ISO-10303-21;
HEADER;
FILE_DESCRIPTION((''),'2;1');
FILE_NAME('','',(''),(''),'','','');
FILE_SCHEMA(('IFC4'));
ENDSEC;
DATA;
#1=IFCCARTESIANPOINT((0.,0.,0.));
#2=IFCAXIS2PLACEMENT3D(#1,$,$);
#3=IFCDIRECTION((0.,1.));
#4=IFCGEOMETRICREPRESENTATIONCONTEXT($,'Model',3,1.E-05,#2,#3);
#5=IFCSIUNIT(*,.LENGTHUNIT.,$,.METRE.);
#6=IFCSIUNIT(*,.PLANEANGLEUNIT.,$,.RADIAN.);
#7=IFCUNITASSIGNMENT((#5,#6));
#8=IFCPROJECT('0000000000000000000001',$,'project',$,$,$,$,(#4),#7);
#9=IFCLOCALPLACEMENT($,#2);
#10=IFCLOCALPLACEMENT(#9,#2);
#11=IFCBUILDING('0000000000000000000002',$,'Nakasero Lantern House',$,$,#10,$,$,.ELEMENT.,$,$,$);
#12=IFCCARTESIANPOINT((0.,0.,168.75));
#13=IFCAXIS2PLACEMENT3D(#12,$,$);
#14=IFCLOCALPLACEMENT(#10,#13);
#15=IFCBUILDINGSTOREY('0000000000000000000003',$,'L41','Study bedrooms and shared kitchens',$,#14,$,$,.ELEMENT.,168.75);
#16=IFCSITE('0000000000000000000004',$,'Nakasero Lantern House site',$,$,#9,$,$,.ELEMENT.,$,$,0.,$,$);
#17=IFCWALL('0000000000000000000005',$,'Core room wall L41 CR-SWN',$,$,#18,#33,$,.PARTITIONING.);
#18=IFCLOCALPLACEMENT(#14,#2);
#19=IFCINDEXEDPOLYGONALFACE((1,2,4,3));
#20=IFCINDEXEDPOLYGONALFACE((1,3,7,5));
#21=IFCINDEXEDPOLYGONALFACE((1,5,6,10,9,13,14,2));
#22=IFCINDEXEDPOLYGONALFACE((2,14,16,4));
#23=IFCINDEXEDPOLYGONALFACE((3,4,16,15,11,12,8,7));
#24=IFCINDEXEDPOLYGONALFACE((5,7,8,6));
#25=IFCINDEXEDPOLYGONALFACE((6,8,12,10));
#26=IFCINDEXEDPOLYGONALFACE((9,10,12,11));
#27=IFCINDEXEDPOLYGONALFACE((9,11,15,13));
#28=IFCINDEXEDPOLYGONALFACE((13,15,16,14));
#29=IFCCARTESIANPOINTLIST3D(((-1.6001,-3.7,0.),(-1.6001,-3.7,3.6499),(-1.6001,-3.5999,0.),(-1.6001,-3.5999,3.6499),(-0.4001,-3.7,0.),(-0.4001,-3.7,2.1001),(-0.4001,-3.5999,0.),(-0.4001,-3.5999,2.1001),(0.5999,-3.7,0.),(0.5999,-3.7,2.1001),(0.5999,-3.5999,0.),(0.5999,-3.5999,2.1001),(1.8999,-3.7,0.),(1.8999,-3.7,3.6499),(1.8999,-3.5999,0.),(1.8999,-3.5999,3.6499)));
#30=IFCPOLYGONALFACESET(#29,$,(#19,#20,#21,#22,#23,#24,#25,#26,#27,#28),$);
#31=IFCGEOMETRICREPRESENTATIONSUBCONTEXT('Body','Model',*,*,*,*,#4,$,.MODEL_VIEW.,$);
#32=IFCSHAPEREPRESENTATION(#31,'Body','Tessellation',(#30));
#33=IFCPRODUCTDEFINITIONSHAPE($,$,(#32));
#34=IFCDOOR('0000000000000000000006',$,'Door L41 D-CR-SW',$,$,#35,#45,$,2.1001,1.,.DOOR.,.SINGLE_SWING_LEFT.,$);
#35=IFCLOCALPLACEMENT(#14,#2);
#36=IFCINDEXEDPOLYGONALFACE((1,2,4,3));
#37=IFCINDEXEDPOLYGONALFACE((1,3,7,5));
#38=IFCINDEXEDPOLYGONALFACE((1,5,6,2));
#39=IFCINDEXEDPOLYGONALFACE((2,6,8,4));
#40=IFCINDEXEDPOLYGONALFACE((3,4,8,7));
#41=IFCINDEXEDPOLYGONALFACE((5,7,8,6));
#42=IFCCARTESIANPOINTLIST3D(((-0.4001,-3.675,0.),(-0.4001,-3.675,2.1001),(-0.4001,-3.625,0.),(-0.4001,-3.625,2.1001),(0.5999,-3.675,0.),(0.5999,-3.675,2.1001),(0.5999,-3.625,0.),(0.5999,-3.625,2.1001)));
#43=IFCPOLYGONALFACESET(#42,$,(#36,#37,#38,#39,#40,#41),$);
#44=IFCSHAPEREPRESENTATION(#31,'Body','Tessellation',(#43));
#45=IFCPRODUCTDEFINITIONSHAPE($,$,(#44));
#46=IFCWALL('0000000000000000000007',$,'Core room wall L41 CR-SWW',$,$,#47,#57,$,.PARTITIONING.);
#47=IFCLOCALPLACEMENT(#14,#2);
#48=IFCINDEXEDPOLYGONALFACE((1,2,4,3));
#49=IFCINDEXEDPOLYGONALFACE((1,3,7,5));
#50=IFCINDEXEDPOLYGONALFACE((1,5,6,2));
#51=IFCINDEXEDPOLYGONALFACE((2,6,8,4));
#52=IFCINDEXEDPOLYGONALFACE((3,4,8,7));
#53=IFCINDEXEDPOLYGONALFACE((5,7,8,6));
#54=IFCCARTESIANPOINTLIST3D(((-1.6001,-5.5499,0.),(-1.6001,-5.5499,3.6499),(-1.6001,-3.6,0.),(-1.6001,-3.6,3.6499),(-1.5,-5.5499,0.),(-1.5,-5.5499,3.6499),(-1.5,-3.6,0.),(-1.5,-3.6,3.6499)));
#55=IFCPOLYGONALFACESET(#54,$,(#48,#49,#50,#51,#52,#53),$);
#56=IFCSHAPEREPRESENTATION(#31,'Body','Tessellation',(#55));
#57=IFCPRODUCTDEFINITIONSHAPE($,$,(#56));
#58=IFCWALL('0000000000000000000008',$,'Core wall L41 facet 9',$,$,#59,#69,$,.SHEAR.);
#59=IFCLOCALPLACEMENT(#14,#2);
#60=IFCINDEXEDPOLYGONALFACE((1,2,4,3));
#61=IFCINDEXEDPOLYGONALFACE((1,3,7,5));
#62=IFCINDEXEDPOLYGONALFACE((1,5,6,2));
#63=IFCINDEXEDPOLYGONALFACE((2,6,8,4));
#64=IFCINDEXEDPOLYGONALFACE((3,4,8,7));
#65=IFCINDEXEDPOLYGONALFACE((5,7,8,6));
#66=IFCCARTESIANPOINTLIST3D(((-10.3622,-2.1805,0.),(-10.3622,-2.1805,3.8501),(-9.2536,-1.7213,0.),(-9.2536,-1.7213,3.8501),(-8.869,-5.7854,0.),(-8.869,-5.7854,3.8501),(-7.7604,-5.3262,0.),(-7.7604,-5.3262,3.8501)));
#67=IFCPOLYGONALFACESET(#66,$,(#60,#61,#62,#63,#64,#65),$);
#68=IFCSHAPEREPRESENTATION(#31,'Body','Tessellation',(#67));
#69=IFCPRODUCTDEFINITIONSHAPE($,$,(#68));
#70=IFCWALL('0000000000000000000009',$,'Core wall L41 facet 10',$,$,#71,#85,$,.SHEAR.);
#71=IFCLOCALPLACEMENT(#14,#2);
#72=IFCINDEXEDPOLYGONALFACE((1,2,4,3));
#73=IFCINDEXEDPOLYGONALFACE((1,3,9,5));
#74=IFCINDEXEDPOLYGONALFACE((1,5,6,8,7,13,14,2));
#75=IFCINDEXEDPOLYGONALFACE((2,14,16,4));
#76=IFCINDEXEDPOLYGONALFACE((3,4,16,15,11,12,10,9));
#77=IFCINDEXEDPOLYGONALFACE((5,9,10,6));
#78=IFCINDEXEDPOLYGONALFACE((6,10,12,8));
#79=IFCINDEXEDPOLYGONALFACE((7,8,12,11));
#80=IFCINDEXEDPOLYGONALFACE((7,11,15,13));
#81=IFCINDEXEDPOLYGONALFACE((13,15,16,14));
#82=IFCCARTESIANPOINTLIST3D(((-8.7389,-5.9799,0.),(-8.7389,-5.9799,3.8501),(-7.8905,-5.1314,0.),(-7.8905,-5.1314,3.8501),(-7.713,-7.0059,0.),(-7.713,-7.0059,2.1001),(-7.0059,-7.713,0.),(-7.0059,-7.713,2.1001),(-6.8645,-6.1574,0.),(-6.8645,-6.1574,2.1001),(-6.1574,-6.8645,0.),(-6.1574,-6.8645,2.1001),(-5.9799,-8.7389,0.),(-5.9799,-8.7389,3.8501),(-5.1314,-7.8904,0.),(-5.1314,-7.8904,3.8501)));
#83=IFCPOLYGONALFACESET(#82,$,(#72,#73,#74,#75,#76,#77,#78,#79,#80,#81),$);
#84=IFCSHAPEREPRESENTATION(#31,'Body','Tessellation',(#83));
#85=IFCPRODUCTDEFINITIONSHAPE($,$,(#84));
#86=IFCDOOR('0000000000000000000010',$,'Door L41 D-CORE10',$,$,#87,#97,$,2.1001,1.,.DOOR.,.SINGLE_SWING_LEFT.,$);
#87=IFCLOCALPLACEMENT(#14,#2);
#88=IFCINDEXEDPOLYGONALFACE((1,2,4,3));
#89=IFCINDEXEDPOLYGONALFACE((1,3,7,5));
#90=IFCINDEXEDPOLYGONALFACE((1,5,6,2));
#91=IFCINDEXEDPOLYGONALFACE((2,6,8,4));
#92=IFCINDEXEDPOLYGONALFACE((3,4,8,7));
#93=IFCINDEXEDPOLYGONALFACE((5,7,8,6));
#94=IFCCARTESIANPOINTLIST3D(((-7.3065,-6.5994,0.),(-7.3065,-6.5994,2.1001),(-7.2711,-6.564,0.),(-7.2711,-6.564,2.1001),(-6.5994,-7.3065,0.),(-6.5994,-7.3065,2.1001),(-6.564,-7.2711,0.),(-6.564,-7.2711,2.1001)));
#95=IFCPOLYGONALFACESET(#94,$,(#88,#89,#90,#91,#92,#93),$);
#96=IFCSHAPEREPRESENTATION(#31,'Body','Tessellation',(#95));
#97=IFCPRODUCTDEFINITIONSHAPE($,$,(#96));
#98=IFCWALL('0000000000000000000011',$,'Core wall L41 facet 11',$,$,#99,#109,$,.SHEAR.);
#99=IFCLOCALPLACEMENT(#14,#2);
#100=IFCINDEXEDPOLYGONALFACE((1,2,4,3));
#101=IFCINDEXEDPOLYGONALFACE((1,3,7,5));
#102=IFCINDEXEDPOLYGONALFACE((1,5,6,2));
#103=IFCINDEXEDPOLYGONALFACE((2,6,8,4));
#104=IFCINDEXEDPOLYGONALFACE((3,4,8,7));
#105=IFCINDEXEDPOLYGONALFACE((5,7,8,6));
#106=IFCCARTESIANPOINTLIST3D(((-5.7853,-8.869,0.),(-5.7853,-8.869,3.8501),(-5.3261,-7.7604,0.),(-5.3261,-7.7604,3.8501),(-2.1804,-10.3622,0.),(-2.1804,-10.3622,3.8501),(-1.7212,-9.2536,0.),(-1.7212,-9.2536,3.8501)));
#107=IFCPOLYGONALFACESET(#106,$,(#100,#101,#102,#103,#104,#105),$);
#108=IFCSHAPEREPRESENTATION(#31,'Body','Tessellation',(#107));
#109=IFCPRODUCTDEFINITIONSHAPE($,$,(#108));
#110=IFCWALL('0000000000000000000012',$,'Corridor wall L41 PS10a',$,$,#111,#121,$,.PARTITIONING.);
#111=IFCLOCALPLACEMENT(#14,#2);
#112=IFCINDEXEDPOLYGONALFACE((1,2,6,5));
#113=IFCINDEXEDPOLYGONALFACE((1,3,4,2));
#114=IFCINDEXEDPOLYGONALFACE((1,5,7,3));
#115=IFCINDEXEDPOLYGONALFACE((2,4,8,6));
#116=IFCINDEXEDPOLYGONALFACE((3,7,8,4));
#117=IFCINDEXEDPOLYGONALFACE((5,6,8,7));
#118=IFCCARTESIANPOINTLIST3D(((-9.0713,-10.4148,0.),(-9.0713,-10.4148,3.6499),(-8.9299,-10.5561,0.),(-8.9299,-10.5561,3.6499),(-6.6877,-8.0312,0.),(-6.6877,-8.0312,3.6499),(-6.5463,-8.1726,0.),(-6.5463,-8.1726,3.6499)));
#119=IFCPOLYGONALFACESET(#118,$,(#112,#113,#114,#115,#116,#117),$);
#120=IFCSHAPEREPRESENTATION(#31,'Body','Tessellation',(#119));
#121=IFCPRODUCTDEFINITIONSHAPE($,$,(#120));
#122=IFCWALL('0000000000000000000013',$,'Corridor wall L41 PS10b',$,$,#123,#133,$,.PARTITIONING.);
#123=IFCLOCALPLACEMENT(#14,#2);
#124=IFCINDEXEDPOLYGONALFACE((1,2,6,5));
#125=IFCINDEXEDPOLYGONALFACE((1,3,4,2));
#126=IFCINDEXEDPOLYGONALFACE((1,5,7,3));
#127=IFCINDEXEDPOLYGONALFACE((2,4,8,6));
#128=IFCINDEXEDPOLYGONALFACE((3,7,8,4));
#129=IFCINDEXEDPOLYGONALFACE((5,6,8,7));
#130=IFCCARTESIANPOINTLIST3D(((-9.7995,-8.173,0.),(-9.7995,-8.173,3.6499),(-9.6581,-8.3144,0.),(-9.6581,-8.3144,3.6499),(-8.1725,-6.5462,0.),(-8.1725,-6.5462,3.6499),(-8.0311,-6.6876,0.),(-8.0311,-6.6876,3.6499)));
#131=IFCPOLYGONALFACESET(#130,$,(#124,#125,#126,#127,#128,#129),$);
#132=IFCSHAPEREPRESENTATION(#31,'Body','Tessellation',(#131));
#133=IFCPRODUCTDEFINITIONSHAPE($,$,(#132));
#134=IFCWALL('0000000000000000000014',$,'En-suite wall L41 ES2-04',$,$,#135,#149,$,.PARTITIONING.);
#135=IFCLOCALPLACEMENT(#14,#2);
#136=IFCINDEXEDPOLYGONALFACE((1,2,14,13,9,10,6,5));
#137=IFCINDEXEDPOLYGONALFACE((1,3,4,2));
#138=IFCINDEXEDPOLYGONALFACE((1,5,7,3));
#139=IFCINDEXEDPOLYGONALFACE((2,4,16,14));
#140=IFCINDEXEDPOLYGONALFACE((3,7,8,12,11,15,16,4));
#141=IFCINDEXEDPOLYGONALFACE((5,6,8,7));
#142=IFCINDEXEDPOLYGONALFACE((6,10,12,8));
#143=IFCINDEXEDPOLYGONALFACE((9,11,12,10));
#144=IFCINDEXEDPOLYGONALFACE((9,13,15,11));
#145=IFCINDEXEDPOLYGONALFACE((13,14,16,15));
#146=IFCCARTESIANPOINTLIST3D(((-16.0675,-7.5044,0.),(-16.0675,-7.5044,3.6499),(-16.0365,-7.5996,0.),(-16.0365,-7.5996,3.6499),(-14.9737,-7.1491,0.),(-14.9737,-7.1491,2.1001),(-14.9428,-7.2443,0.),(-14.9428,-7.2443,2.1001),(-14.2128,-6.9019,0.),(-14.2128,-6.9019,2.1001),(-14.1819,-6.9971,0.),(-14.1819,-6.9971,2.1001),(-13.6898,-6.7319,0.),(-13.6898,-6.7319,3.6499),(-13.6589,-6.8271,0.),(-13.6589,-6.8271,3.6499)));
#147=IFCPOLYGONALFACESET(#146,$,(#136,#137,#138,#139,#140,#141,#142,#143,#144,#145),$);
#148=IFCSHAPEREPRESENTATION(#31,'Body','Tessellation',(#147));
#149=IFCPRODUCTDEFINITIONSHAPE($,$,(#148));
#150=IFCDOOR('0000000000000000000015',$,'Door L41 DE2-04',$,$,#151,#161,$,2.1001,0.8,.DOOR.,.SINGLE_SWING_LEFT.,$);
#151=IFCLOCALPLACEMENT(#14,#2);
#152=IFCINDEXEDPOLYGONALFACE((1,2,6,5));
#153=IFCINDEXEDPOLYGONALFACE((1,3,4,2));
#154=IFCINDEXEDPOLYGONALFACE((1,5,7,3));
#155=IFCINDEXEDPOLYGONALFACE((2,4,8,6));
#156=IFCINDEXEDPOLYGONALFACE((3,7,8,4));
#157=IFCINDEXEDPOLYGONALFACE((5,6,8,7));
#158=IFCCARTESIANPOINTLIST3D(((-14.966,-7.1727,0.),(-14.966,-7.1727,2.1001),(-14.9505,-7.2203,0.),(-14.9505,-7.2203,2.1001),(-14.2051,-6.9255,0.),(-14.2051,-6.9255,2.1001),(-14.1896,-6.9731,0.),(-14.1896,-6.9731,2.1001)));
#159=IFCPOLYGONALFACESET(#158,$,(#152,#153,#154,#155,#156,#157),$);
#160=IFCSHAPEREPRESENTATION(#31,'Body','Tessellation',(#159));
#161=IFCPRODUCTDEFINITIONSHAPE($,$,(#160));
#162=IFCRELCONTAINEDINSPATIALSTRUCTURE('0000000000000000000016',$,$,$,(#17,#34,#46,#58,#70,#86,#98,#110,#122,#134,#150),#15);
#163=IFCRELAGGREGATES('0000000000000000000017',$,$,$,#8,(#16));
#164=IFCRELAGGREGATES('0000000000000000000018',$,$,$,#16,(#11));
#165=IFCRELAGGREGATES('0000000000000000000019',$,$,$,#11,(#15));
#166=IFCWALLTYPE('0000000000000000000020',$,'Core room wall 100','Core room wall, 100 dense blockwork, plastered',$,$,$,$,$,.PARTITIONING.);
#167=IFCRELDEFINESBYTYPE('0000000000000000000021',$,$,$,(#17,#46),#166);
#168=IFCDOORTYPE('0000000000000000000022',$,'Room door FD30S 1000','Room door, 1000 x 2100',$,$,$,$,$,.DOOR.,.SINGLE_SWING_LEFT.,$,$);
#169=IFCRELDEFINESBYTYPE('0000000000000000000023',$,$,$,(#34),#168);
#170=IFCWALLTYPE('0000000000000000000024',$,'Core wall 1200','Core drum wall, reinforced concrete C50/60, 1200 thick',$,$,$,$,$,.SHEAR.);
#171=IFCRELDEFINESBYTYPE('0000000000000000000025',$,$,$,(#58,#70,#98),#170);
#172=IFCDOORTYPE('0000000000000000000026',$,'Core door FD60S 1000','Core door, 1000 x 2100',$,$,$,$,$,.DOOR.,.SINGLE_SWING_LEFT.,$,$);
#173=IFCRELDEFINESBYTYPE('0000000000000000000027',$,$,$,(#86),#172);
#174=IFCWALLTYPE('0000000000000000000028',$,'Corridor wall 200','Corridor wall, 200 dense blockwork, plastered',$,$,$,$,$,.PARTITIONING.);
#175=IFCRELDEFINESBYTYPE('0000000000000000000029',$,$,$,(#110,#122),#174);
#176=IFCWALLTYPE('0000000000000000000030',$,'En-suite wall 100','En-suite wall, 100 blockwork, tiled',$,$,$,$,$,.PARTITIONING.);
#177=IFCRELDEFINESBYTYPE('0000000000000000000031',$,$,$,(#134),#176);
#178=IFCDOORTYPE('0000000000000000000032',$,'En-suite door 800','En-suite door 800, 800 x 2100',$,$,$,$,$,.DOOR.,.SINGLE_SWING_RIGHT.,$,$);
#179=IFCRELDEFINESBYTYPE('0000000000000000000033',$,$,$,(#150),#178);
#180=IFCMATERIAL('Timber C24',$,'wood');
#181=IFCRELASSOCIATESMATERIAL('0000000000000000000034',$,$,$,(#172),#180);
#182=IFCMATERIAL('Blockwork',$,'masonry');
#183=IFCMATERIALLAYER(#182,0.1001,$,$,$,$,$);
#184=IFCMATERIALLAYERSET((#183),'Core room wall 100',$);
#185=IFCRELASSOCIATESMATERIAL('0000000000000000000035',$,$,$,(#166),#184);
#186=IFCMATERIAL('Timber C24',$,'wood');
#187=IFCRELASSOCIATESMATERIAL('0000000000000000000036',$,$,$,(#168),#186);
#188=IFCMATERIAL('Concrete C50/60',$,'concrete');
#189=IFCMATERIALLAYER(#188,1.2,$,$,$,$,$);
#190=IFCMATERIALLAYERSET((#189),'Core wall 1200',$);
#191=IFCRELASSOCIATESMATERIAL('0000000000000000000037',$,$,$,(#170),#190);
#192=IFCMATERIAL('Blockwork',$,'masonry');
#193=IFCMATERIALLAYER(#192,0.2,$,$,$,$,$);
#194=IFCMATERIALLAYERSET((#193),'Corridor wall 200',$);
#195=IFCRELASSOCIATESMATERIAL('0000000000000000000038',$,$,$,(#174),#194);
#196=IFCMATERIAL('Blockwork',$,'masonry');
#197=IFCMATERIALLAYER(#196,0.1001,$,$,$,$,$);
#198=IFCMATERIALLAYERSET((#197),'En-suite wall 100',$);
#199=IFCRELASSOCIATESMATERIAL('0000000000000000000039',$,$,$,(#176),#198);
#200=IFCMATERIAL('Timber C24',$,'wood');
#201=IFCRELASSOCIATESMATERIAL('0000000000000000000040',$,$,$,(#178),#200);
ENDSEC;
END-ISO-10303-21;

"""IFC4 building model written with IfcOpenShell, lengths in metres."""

from ifc_helpers import new_model, si_unit, direction, frame, frame_2d, origin, place, context, subcontext, project, spatial, rectangle, extrude, material, layer, layer_set, type_object, element, fill, save


model = new_model("IFC4")

# Units and contexts
model_context = context("Model", 3, precision=1e-05, world=origin(), true_north=direction((0.0, 1.0)))
body_context = subcontext(model_context, "Body", "Model", "MODEL_VIEW")
ifc_project = project(units=[si_unit("LENGTHUNIT", "METRE"), si_unit("PLANEANGLEUNIT", "RADIAN")], contexts=[model_context])

# Site, building, storey
site_placement = place(None, origin())
site = spatial("IfcSite", under=ifc_project, at=site_placement, Name="Nakasero Lantern House site", CompositionType="ELEMENT", RefElevation=0.0)
building_placement = place(site_placement, origin())
building = spatial("IfcBuilding", under=site, at=building_placement, Name="Nakasero Lantern House", CompositionType="ELEMENT")
storey_placement = place(building_placement, frame((0.0, 0.0, 168.75)))
storey = spatial("IfcBuildingStorey", under=building, at=storey_placement, Name="L41", Description="Study bedrooms and shared kitchens", CompositionType="ELEMENT", Elevation=168.75)

# Shared definitions
ifc_material_1 = material(Name="Timber C24", Category="wood")
door_type_1 = type_object("IfcDoorType", Name="Core door FD60S 1000", Description="Core door, 1000 x 2100", OperationType="SINGLE_SWING_LEFT", PredefinedType="DOOR", material=ifc_material_1)

# Wall, opening, door
ifc_material_2 = material(Name="Blockwork", Category="masonry")
ifc_layer_1 = layer(ifc_material_2, 0.1001)
ifc_layer_set_1 = layer_set([ifc_layer_1], Name="Core room wall 100")
wall_type_1 = type_object("IfcWallType", Name="Core room wall 100", Description="Core room wall, 100 dense blockwork, plastered", PredefinedType="PARTITIONING", material=ifc_layer_set_1)
wall_1_placement = place(storey_placement, frame((-1.6001, -3.6499, 0.0), z_axis=(0.0, 0.0, 1.0), x_axis=(1.0, 0.0, 0.0)))
wall_1 = element("IfcWall", 1, at=wall_1_placement, inside=storey, type_object=wall_type_1, Name="Core room wall L41 CR-SWN", PredefinedType="PARTITIONING", context=body_context, shape_type="SweptSolid", body=[
    extrude(rectangle(XDim=3.5, YDim=0.1001, at=frame_2d((1.75, 0.0))), origin(), (0.0, 0.0, 1.0), 3.6499),
])
opening_1_placement = place(wall_1_placement, frame((1.2, 0.0, 0.0)))
opening_1 = element("IfcOpeningElement", 2, at=opening_1_placement, cuts=wall_1, PredefinedType="OPENING", context=body_context, shape_type="SweptSolid", body=[
    extrude(rectangle(XDim=1.0, YDim=2.1001, at=frame_2d((0.5, 1.05))), frame((0.0, 0.0701, 0.0), z_axis=(0.0, -1.0, 0.0), x_axis=(1.0, 0.0, 0.0)), (0.0, 0.0, 1.0), 0.1401),
])
ifc_material_3 = material(Name="Timber C24", Category="wood")
door_type_2 = type_object("IfcDoorType", Name="Room door FD30S 1000", Description="Room door, 1000 x 2100", OperationType="SINGLE_SWING_LEFT", PredefinedType="DOOR", material=ifc_material_3)
door_1_placement = place(opening_1_placement, origin())
door_1 = element("IfcDoor", 3, at=door_1_placement, inside=storey, type_object=door_type_2, Name="Door L41 D-CR-SW", OperationType="SINGLE_SWING_LEFT", OverallHeight=2.1001, OverallWidth=1.0, PredefinedType="DOOR", context=body_context, shape_type="SweptSolid", body=[
    extrude(rectangle(XDim=1.0, YDim=2.1001, at=frame_2d((0.5, 1.05))), frame((0.0, 0.0249, 0.0), z_axis=(0.0, -1.0, 0.0), x_axis=(1.0, 0.0, 0.0)), (0.0, 0.0, 1.0), 0.05),
])
fill(opening_1, door_1)

# Walls
wall_2_placement = place(storey_placement, frame((-1.55, -5.55, 0.0), z_axis=(0.0, 0.0, 1.0), x_axis=(0.0, 1.0, 0.0)))
element("IfcWall", 4, at=wall_2_placement, inside=storey, type_object=wall_type_1, Name="Core room wall L41 CR-SWW", PredefinedType="PARTITIONING", context=body_context, shape_type="SweptSolid", body=[
    extrude(rectangle(XDim=1.95, YDim=0.1001, at=frame_2d((0.9751, 0.0))), origin(), (0.0, 0.0, 1.0), 3.6499),
])
ifc_material_4 = material(Name="Concrete C50/60", Category="concrete")
ifc_layer_2 = layer(ifc_material_4, 1.2)
ifc_layer_set_2 = layer_set([ifc_layer_2], Name="Core wall 1200")
wall_type_2 = type_object("IfcWallType", Name="Core wall 1200", Description="Core drum wall, reinforced concrete C50/60, 1200 thick", PredefinedType="SHEAR", material=ifc_layer_set_2)
wall_3_placement = place(storey_placement, frame((-9.8079, -1.9509, 0.0), z_axis=(0.0, 0.0, 1.0), x_axis=(0.382691, -0.923877, 0.0)))
element("IfcWall", 5, at=wall_3_placement, inside=storey, type_object=wall_type_2, Name="Core wall L41 facet 9", PredefinedType="SHEAR", context=body_context, shape_type="SweptSolid", body=[
    extrude(rectangle(XDim=3.9019, YDim=1.2, at=frame_2d((1.9509, 0.0))), origin(), (0.0, 0.0, 1.0), 3.8501),
])

# Wall, opening, door
wall_4_placement = place(storey_placement, frame((-8.3147, -5.5557, 0.0), z_axis=(0.0, 0.0, 1.0), x_axis=(0.707107, -0.707107, 0.0)))
wall_4 = element("IfcWall", 6, at=wall_4_placement, inside=storey, type_object=wall_type_2, Name="Core wall L41 facet 10", PredefinedType="SHEAR", context=body_context, shape_type="SweptSolid", body=[
    extrude(rectangle(XDim=3.9019, YDim=1.2, at=frame_2d((1.9509, 0.0))), origin(), (0.0, 0.0, 1.0), 3.8501),
])
opening_2_placement = place(wall_4_placement, frame((1.4509, 0.0, 0.0)))
opening_2 = element("IfcOpeningElement", 7, at=opening_2_placement, cuts=wall_4, PredefinedType="OPENING", context=body_context, shape_type="SweptSolid", body=[
    extrude(rectangle(XDim=1.0, YDim=2.1001, at=frame_2d((0.5, 1.05))), frame((0.0, 0.6199, 0.0), z_axis=(0.0, -1.0, 0.0), x_axis=(1.0, 0.0, 0.0)), (0.0, 0.0, 1.0), 1.24),
])
door_2_placement = place(opening_2_placement, origin())
door_2 = element("IfcDoor", 8, at=door_2_placement, inside=storey, type_object=door_type_1, Name="Door L41 D-CORE10", OperationType="SINGLE_SWING_LEFT", OverallHeight=2.1001, OverallWidth=1.0, PredefinedType="DOOR", context=body_context, shape_type="SweptSolid", body=[
    extrude(rectangle(XDim=1.0, YDim=2.1001, at=frame_2d((0.5, 1.05))), frame((0.0, 0.0249, 0.0), z_axis=(0.0, -1.0, 0.0), x_axis=(1.0, 0.0, 0.0)), (0.0, 0.0, 1.0), 0.05),
])
fill(opening_2, door_2)

# Walls
wall_5_placement = place(storey_placement, frame((-5.5557, -8.3147, 0.0), z_axis=(0.0, 0.0, 1.0), x_axis=(0.923877, -0.382691, 0.0)))
element("IfcWall", 9, at=wall_5_placement, inside=storey, type_object=wall_type_2, Name="Core wall L41 facet 11", PredefinedType="SHEAR", context=body_context, shape_type="SweptSolid", body=[
    extrude(rectangle(XDim=3.9019, YDim=1.2, at=frame_2d((1.9509, 0.0))), origin(), (0.0, 0.0, 1.0), 3.8501),
])
ifc_material_5 = material(Name="Blockwork", Category="masonry")
ifc_layer_3 = layer(ifc_material_5, 0.2)
ifc_layer_set_3 = layer_set([ifc_layer_3], Name="Corridor wall 200")
wall_type_3 = type_object("IfcWallType", Name="Corridor wall 200", Description="Corridor wall, 200 dense blockwork, plastered", PredefinedType="PARTITIONING", material=ifc_layer_set_3)
wall_6_placement = place(storey_placement, frame((-6.6169, -8.1018, 0.0), z_axis=(0.0, 0.0, 1.0), x_axis=(-0.707107, -0.707107, 0.0)))
element("IfcWall", 10, at=wall_6_placement, inside=storey, type_object=wall_type_3, Name="Corridor wall L41 PS10a", PredefinedType="PARTITIONING", context=body_context, shape_type="SweptSolid", body=[
    extrude(rectangle(XDim=3.3708, YDim=0.2, at=frame_2d((1.6855, 0.0))), origin(), (0.0, 0.0, 1.0), 3.6499),
])
wall_7_placement = place(storey_placement, frame((-8.1018, -6.6169, 0.0), z_axis=(0.0, 0.0, 1.0), x_axis=(-0.70716, -0.707054, 0.0)))
element("IfcWall", 11, at=wall_7_placement, inside=storey, type_object=wall_type_3, Name="Corridor wall L41 PS10b", PredefinedType="PARTITIONING", context=body_context, shape_type="SweptSolid", body=[
    extrude(rectangle(XDim=2.3008, YDim=0.2, at=frame_2d((1.1504, 0.0))), origin(), (0.0, 0.0, 1.0), 3.6499),
])

# Wall, opening, door
ifc_material_6 = material(Name="Blockwork", Category="masonry")
ifc_layer_4 = layer(ifc_material_6, 0.1001)
ifc_layer_set_4 = layer_set([ifc_layer_4], Name="En-suite wall 100")
wall_type_4 = type_object("IfcWallType", Name="En-suite wall 100", Description="En-suite wall, 100 blockwork, tiled", PredefinedType="PARTITIONING", material=ifc_layer_set_4)
wall_8_placement = place(storey_placement, frame((-13.6743, -6.7795, 0.0), z_axis=(0.0, 0.0, 1.0), x_axis=(-0.951068, -0.308982, 0.0)))
wall_8 = element("IfcWall", 12, at=wall_8_placement, inside=storey, type_object=wall_type_4, Name="En-suite wall L41 ES2-04", PredefinedType="PARTITIONING", context=body_context, shape_type="SweptSolid", body=[
    extrude(rectangle(XDim=2.5, YDim=0.1001, at=frame_2d((1.25, 0.0))), origin(), (0.0, 0.0, 1.0), 3.6499),
])
opening_3_placement = place(wall_8_placement, frame((0.55, 0.0, 0.0)))
opening_3 = element("IfcOpeningElement", 13, at=opening_3_placement, cuts=wall_8, PredefinedType="OPENING", context=body_context, shape_type="SweptSolid", body=[
    extrude(rectangle(XDim=0.8, YDim=2.1001, at=frame_2d((0.3999, 1.05))), frame((0.0, 0.0701, 0.0), z_axis=(0.0, -1.0, 0.0), x_axis=(1.0, 0.0, 0.0)), (0.0, 0.0, 1.0), 0.1401),
])
ifc_material_7 = material(Name="Timber C24", Category="wood")
door_type_3 = type_object("IfcDoorType", Name="En-suite door 800", Description="En-suite door 800, 800 x 2100", OperationType="SINGLE_SWING_RIGHT", PredefinedType="DOOR", material=ifc_material_7)
door_3_placement = place(opening_3_placement, origin())
door_3 = element("IfcDoor", 14, at=door_3_placement, inside=storey, type_object=door_type_3, Name="Door L41 DE2-04", OperationType="SINGLE_SWING_LEFT", OverallHeight=2.1001, OverallWidth=0.8, PredefinedType="DOOR", context=body_context, shape_type="SweptSolid", body=[
    extrude(rectangle(XDim=0.8, YDim=2.1001, at=frame_2d((0.3999, 1.05))), frame((0.0, 0.0249, 0.0), z_axis=(0.0, -1.0, 0.0), x_axis=(1.0, 0.0, 0.0)), (0.0, 0.0, 1.0), 0.05),
])
fill(opening_3, door_3)

save(model, "model.ifc")
